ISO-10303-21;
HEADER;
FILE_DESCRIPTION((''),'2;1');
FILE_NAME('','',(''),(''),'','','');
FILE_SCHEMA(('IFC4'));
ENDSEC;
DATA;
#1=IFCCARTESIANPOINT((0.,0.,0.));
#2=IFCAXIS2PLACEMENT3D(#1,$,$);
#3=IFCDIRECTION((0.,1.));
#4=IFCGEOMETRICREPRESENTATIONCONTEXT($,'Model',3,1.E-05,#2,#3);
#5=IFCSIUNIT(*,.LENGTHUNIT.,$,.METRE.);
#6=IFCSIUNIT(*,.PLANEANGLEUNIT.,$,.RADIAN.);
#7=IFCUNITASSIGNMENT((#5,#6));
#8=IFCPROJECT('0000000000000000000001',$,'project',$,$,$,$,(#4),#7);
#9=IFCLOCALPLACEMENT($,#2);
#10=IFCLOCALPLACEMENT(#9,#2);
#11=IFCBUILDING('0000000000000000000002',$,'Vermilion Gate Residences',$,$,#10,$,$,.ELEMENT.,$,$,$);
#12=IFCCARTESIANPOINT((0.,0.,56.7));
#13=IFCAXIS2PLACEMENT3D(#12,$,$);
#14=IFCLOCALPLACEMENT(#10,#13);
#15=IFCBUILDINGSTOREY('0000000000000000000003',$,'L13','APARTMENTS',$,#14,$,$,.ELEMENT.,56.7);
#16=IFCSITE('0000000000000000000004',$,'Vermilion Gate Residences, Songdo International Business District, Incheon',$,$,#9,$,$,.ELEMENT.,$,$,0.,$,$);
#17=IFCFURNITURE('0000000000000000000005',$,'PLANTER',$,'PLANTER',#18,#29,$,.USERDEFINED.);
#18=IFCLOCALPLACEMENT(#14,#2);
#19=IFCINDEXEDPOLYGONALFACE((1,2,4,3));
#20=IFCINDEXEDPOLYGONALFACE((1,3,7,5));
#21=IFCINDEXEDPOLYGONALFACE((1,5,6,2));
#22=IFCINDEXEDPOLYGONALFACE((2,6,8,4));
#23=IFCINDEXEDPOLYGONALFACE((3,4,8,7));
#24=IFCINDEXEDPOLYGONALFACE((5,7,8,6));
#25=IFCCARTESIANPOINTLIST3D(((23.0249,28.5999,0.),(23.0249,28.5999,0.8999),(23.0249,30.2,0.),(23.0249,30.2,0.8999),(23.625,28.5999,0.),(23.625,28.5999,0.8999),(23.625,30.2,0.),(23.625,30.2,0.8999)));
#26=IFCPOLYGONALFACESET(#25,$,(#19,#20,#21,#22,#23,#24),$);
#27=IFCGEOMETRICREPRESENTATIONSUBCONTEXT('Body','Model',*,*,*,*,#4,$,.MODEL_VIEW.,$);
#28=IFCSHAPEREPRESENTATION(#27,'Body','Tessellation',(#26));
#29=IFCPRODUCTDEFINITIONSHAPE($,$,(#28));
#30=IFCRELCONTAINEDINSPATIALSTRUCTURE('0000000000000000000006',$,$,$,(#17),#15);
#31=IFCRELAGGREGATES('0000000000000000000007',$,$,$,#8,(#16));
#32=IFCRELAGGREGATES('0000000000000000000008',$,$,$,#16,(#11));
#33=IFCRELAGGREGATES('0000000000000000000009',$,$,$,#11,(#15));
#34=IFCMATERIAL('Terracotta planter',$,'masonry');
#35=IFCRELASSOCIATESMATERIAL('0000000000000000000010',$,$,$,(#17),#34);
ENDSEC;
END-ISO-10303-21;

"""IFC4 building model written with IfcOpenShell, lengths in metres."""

from ifc_helpers import new_model, si_unit, direction, frame, origin, origin_2d, place, context, subcontext, project, spatial, rectangle, extrude, material, element, save


model = new_model("IFC4")

# Units and contexts
model_context = context("Model", 3, precision=1e-05, world=origin(), true_north=direction((0.0, 1.0)))
body_context = subcontext(model_context, "Body", "Model", "MODEL_VIEW")
ifc_project = project(units=[si_unit("LENGTHUNIT", "METRE"), si_unit("PLANEANGLEUNIT", "RADIAN")], contexts=[model_context])

# Site, building, storey
site_placement = place(None, origin())
site = spatial("IfcSite", under=ifc_project, at=site_placement, Name="Vermilion Gate Residences, Songdo International Business District, Incheon", CompositionType="ELEMENT", RefElevation=0.0)
building_placement = place(site_placement, origin())
building = spatial("IfcBuilding", under=site, at=building_placement, Name="Vermilion Gate Residences", CompositionType="ELEMENT")
storey_placement = place(building_placement, frame((0.0, 0.0, 56.7)))
storey = spatial("IfcBuildingStorey", under=building, at=storey_placement, Name="L13", Description="APARTMENTS", CompositionType="ELEMENT", Elevation=56.7)

# Furniture
ifc_material_1 = material(Name="Terracotta planter", Category="masonry")
for number, where, z_axis, x_axis, name in (
    (1, (23.325, 29.3999, 0.0), (0.0, 0.0, 1.0), (0.0, 1.0, 0.0), "PLANTER"),
):
    element("IfcFurniture", number, at=place(storey_placement, frame(where, z_axis=z_axis, x_axis=x_axis)), inside=storey, material=ifc_material_1, Name=name, ObjectType="PLANTER", PredefinedType="USERDEFINED", context=body_context, shape_type="SweptSolid", body=[
        extrude(rectangle(XDim=1.6001, YDim=0.6001, at=origin_2d()), origin(), (0.0, 0.0, 1.0), 0.8999),
    ])

save(model, "model.ifc")
